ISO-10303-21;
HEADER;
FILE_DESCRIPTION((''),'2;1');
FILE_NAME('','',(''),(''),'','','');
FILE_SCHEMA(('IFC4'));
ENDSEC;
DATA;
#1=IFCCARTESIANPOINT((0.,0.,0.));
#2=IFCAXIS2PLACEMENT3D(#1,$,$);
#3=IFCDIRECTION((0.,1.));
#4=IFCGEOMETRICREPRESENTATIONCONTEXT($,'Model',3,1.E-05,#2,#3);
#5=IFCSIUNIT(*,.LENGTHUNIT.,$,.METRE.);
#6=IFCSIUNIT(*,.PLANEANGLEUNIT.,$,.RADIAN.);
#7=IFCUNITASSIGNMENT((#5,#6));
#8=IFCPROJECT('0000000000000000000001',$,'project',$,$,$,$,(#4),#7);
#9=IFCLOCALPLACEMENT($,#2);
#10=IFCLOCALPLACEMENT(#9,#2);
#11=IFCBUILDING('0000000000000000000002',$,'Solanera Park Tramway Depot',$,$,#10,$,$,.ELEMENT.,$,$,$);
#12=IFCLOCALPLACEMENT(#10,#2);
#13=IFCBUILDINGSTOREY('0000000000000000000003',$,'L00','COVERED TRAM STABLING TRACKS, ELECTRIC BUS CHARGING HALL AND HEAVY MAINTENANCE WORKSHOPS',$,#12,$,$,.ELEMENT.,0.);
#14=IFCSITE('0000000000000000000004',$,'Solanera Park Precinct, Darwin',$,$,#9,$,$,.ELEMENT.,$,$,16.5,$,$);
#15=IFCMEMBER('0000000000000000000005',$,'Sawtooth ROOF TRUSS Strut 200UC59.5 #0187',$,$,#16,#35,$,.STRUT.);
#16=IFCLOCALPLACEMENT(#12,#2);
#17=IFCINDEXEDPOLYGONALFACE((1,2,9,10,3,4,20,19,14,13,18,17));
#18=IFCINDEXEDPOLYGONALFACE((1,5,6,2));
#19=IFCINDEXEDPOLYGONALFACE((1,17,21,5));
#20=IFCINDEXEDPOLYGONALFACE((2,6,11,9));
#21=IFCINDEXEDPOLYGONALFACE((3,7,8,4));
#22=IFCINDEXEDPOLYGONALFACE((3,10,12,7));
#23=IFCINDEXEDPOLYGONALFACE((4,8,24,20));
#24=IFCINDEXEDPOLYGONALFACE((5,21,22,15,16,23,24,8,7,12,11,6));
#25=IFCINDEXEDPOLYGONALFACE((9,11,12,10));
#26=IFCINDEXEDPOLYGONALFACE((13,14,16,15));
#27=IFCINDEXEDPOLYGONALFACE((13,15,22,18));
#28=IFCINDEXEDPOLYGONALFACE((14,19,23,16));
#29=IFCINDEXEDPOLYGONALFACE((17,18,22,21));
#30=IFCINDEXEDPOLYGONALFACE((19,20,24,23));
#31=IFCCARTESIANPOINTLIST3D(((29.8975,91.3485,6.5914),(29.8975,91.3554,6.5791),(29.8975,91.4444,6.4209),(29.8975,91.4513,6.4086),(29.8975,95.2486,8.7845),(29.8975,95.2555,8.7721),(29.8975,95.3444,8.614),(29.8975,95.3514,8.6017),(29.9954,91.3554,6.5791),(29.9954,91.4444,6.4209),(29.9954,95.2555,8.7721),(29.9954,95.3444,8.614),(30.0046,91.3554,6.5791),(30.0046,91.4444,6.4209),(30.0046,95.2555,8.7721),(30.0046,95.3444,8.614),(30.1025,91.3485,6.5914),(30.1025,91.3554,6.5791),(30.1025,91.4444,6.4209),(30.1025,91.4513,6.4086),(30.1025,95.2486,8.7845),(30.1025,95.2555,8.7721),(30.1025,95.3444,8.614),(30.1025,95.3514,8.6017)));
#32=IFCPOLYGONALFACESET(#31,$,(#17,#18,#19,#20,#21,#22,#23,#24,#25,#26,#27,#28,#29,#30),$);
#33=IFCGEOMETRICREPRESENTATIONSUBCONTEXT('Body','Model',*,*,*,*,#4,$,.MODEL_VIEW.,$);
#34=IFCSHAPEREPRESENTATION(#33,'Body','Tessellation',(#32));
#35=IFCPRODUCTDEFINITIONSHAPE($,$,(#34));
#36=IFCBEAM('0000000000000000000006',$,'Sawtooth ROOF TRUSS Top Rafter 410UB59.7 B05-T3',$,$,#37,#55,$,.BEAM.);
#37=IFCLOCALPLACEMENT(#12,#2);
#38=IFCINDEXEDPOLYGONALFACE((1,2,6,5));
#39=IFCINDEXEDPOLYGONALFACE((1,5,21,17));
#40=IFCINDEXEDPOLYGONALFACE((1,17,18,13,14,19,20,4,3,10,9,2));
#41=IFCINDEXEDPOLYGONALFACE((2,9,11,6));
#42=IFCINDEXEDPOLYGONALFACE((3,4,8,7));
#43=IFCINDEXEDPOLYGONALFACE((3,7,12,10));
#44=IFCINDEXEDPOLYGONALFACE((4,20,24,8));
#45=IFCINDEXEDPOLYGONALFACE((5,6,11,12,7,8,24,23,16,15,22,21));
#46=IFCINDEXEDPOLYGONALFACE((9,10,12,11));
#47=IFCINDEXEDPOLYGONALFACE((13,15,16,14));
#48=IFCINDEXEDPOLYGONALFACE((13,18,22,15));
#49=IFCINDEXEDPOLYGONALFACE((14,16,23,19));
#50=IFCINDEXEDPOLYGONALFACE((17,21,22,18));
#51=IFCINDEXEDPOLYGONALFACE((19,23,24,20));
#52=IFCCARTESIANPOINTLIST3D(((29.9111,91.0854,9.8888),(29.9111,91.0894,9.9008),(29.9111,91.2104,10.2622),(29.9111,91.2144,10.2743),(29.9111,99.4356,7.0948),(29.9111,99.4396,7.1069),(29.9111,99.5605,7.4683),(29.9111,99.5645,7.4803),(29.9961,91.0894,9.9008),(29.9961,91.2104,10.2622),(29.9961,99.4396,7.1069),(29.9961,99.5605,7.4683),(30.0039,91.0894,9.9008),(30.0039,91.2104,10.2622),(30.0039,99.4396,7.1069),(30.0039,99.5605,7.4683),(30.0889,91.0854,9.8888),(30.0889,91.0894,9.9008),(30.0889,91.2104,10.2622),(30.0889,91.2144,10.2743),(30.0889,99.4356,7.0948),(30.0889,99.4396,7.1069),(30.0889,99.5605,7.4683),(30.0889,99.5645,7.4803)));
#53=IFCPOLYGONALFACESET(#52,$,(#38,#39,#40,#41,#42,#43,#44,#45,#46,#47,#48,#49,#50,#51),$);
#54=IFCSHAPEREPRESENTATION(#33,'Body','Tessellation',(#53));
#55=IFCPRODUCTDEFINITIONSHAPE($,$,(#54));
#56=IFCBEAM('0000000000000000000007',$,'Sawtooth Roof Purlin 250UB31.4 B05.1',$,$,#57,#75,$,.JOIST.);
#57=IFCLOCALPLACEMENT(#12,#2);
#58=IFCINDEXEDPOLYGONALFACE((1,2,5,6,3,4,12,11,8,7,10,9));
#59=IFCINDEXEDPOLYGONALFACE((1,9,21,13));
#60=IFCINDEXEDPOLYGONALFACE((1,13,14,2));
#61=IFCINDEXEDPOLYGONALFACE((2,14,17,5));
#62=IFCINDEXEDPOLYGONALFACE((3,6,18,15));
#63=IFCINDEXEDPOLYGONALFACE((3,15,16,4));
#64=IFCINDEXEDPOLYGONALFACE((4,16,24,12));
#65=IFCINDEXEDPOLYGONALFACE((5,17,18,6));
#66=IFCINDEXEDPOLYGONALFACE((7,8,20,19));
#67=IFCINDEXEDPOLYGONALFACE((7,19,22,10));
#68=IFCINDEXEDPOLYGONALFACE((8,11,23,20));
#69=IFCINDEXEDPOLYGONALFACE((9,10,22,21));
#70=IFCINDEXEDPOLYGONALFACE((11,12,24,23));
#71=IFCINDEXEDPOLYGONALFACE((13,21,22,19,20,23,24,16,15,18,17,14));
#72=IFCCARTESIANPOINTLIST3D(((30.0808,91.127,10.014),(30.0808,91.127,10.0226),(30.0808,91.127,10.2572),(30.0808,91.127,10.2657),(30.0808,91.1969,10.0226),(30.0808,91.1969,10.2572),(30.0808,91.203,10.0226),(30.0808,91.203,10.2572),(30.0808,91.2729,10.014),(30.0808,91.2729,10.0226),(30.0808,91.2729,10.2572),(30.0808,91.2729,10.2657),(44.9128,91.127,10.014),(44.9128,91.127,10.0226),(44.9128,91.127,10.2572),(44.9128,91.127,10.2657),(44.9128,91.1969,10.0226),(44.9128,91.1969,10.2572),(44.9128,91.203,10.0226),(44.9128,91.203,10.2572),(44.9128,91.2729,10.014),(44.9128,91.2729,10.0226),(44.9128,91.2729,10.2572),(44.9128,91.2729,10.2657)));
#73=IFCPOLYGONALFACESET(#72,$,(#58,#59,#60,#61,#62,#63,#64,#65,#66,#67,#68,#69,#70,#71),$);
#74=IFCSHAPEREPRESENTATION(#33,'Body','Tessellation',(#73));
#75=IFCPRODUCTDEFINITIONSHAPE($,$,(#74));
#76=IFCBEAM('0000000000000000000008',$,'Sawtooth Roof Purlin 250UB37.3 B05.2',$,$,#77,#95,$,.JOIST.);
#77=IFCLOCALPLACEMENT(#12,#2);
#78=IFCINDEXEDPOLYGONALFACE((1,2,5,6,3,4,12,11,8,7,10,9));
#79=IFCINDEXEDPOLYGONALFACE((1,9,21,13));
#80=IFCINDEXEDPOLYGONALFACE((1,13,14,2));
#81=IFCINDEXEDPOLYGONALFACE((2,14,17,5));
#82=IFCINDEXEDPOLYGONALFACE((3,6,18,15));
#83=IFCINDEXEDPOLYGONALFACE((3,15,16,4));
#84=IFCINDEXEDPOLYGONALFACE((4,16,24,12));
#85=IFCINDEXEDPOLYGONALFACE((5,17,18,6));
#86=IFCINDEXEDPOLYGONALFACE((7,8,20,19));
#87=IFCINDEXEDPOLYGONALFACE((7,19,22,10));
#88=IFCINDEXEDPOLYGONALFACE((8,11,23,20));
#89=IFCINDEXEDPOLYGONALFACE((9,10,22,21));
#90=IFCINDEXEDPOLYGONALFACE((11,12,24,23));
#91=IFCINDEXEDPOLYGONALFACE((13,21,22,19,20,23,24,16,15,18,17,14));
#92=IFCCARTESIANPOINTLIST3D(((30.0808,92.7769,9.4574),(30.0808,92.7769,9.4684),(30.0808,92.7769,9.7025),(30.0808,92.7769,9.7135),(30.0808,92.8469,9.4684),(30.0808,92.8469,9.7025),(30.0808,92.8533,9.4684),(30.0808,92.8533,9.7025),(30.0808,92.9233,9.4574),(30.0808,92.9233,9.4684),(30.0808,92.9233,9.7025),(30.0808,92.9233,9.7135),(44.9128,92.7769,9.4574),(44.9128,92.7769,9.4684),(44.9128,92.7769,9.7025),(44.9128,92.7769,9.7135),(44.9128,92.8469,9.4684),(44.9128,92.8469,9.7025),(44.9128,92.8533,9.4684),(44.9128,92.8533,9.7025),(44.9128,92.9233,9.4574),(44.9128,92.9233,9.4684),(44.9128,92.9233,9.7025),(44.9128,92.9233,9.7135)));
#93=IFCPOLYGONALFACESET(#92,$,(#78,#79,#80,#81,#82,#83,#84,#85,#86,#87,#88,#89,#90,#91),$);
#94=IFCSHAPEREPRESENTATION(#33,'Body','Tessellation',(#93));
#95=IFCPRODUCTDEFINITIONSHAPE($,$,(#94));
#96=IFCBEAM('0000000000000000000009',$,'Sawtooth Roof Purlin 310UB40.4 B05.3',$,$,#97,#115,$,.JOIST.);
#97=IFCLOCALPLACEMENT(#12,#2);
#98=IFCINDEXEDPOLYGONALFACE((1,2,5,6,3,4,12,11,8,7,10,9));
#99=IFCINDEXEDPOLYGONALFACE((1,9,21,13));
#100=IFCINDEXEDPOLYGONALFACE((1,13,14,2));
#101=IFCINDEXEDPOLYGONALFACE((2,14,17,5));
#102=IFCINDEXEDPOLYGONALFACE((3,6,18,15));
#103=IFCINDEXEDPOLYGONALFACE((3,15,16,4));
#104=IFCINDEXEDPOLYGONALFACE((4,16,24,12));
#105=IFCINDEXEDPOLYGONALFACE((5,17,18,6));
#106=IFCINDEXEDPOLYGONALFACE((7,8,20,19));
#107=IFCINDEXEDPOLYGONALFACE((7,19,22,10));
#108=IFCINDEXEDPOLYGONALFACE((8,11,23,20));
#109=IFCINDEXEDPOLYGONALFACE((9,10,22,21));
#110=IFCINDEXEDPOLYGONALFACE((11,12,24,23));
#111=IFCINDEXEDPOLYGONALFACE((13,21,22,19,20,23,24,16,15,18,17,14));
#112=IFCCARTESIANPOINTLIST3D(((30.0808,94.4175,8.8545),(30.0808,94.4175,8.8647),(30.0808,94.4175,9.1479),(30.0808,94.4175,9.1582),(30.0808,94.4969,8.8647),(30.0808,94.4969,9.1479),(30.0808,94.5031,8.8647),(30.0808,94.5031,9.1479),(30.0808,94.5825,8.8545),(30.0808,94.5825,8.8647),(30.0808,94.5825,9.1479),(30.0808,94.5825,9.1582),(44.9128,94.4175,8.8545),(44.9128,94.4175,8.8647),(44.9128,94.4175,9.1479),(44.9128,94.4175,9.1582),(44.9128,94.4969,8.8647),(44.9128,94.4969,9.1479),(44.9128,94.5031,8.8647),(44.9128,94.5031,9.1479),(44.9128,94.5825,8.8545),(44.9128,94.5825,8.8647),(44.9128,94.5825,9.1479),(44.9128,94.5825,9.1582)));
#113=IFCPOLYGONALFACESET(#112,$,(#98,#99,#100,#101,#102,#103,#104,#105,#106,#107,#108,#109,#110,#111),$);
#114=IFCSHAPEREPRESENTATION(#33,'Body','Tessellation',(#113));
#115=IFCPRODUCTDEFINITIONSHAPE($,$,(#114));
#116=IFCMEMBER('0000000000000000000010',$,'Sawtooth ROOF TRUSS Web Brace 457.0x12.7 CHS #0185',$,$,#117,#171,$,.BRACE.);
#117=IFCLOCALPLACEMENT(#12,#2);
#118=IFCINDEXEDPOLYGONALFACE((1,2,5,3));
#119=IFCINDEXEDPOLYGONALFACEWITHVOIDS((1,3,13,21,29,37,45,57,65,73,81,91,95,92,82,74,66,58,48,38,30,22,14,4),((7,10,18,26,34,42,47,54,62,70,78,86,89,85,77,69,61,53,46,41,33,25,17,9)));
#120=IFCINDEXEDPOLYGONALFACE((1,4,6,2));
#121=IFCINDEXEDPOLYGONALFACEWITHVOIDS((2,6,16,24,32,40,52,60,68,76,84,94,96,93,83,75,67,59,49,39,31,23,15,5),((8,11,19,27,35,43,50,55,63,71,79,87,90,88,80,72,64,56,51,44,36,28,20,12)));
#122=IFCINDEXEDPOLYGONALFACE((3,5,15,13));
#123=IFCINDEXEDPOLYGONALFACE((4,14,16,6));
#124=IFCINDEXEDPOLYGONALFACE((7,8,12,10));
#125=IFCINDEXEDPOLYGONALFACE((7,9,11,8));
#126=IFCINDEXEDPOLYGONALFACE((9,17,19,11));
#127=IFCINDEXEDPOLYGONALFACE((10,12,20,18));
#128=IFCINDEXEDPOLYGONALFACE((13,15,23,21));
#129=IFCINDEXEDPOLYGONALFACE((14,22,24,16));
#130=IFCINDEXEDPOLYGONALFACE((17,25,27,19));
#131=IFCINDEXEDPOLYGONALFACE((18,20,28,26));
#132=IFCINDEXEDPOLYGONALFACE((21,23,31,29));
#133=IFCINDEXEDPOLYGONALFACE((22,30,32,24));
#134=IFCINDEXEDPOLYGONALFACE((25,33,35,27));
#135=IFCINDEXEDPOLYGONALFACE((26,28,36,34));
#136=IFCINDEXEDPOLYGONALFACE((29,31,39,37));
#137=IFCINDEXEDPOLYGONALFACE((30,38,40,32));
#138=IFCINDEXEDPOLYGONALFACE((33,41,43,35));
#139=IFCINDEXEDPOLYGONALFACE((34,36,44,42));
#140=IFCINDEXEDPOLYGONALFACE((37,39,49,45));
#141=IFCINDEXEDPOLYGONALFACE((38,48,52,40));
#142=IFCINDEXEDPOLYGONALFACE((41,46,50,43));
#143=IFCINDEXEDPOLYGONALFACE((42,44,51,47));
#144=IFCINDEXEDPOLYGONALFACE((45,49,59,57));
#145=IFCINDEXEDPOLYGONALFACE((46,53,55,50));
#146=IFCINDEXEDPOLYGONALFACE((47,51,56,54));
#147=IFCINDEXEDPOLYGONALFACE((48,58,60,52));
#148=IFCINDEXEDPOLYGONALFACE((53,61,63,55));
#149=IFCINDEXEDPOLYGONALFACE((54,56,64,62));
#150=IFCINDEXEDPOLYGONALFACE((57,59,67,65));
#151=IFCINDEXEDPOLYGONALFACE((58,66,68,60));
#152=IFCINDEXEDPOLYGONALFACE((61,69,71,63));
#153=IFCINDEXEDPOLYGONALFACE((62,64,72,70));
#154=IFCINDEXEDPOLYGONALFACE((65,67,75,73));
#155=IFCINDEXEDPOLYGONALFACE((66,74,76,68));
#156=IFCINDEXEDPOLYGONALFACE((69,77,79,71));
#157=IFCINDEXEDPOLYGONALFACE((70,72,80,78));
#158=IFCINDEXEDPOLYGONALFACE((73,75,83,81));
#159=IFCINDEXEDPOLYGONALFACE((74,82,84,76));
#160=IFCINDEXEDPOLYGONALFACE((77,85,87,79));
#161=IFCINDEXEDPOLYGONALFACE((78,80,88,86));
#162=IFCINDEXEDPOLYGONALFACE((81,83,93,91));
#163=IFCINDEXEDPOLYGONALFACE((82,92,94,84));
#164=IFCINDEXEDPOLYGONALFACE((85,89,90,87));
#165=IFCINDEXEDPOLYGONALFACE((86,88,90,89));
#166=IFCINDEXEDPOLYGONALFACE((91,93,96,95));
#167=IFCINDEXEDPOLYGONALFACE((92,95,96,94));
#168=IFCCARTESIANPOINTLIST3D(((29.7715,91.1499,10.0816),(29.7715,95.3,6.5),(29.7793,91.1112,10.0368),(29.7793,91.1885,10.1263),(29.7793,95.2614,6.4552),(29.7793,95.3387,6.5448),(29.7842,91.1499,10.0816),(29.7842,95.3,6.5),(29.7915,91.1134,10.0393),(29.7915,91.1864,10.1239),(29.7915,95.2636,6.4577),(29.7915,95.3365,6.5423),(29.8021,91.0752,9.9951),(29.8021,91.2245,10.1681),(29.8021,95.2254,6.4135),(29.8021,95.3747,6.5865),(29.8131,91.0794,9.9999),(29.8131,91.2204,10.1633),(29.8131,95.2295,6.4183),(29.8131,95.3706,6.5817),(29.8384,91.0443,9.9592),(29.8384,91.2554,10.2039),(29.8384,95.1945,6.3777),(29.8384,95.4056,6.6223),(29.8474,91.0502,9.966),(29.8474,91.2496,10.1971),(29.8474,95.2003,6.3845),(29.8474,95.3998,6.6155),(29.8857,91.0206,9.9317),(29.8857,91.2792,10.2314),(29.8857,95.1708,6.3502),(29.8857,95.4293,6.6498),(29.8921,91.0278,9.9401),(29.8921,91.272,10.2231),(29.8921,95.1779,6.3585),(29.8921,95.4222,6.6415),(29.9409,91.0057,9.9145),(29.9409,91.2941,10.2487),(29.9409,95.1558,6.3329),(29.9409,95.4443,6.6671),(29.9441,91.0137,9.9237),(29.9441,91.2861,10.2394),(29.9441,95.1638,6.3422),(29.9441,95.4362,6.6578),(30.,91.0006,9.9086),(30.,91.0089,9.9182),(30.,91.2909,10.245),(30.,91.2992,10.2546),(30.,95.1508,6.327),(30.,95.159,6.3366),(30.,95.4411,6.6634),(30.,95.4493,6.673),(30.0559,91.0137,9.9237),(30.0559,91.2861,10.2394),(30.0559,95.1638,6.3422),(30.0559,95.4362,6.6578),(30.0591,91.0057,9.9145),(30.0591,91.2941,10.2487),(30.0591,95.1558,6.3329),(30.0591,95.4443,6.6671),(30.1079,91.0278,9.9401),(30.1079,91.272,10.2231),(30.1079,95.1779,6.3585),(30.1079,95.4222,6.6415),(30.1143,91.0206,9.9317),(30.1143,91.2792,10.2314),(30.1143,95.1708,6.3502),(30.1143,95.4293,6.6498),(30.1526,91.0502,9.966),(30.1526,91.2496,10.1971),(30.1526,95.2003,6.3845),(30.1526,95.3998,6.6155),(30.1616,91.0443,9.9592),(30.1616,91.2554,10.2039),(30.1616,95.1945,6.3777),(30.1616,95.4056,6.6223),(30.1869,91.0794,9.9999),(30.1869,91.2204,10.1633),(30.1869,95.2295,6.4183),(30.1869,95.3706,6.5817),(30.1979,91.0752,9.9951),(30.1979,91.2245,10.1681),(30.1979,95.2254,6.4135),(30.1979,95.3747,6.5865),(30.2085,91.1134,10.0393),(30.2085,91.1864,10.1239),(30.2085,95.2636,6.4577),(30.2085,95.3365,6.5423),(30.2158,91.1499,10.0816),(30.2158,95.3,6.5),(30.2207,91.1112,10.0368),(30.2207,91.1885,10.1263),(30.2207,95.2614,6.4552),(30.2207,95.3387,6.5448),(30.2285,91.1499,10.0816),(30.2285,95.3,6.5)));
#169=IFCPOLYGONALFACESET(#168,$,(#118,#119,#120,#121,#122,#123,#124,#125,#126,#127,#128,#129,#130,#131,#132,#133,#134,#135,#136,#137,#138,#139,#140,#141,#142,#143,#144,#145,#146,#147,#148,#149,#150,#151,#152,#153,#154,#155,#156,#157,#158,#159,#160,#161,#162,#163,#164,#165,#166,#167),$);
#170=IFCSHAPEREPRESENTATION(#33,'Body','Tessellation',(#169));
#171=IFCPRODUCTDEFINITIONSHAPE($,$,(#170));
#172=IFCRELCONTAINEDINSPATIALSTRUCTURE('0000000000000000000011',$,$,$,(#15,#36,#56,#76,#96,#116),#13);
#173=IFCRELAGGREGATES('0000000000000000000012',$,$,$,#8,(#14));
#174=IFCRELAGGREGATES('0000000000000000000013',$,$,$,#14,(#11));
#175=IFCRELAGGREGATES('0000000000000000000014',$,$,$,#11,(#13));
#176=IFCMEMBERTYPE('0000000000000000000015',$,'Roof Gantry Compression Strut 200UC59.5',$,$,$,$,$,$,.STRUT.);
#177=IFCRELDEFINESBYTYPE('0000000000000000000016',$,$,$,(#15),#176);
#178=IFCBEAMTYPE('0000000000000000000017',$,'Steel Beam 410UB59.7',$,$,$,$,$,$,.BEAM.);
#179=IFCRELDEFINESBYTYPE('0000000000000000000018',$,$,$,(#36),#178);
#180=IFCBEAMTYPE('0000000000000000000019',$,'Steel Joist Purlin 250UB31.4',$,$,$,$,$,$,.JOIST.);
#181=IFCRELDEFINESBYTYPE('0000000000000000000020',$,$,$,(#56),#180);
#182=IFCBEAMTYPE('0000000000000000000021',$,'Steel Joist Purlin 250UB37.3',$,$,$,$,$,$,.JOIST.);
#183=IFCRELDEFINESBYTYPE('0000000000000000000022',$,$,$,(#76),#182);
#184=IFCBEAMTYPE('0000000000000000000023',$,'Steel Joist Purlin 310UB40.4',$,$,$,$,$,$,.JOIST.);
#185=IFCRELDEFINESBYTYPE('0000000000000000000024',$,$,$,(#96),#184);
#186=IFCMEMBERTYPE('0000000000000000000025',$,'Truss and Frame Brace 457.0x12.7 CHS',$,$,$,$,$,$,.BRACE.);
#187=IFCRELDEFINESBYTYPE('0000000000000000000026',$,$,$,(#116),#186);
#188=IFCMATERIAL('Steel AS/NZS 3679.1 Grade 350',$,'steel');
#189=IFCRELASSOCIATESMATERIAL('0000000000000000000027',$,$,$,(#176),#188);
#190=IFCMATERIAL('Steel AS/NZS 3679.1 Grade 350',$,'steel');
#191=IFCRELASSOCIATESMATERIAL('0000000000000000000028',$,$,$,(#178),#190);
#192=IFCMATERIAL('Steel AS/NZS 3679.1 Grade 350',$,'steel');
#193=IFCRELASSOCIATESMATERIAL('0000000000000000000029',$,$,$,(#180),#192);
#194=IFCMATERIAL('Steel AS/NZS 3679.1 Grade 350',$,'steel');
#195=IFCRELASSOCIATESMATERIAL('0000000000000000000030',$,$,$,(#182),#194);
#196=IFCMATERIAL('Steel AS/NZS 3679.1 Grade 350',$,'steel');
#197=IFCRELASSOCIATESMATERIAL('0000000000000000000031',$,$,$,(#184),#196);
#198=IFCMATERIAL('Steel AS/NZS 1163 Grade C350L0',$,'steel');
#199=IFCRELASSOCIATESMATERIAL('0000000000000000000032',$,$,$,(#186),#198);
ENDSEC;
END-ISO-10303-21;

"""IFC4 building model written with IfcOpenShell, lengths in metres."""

from ifc_helpers import new_model, si_unit, direction, frame, origin, origin_2d, place, context, subcontext, project, spatial, hollow_circle, i_section, extrude, material, material_profile, profile_set, type_object, element, save


model = new_model("IFC4")

# Units and contexts
model_context = context("Model", 3, precision=1e-05, world=origin(), true_north=direction((0.0, 1.0)))
body_context = subcontext(model_context, "Body", "Model", "MODEL_VIEW")
ifc_project = project(units=[si_unit("LENGTHUNIT", "METRE"), si_unit("PLANEANGLEUNIT", "RADIAN")], contexts=[model_context])

# Site, building, storey
site_placement = place(None, origin())
site = spatial("IfcSite", under=ifc_project, at=site_placement, Name="Solanera Park Precinct, Darwin", CompositionType="ELEMENT", RefElevation=16.5)
building_placement = place(site_placement, origin())
building = spatial("IfcBuilding", under=site, at=building_placement, Name="Solanera Park Tramway Depot", CompositionType="ELEMENT")
storey_placement = place(building_placement, origin())
storey = spatial("IfcBuildingStorey", under=building, at=storey_placement, Name="L00", Description="COVERED TRAM STABLING TRACKS, ELECTRIC BUS CHARGING HALL AND HEAVY MAINTENANCE WORKSHOPS", CompositionType="ELEMENT", Elevation=0.0)

# Member
ifc_material_1 = material(Name="Steel AS/NZS 3679.1 Grade 350", Category="steel")
ifc_material_profile_1 = material_profile(ifc_material_1, i_section(OverallWidth=0.2051, OverallDepth=0.2097, WebThickness=0.0093, FlangeThickness=0.0142, at=origin_2d()), Name="200UC59.5")
ifc_profile_set_1 = profile_set([ifc_material_profile_1], Name="Steel AS/NZS 3679.1 Grade 350")
member_type_1 = type_object("IfcMemberType", Name="Roof Gantry Compression Strut 200UC59.5", PredefinedType="STRUT", material=ifc_profile_set_1)
member_1_placement = place(storey_placement, frame((30.0, 91.3999, 6.5), z_axis=(0.0, 0.871644, 0.490139), x_axis=(-1.0, 0.0, 0.0)))
element("IfcMember", 1, at=member_1_placement, inside=storey, type_object=member_type_1, Name="Sawtooth ROOF TRUSS Strut 200UC59.5 #0187", PredefinedType="STRUT", context=body_context, shape_type="SweptSolid", body=[
    extrude(i_section(OverallWidth=0.2051, OverallDepth=0.2097, WebThickness=0.0093, FlangeThickness=0.0142, at=origin_2d()), origin(), (0.0, 0.0, 1.0), 4.4744),
])

# Beams
ifc_material_2 = material(Name="Steel AS/NZS 3679.1 Grade 350", Category="steel")
ifc_material_profile_2 = material_profile(ifc_material_2, i_section(OverallWidth=0.1777, OverallDepth=0.4065, WebThickness=0.0078, FlangeThickness=0.0127, at=origin_2d()), Name="410UB59.7")
ifc_profile_set_2 = profile_set([ifc_material_profile_2], Name="Steel AS/NZS 3679.1 Grade 350")
beam_type_1 = type_object("IfcBeamType", Name="Steel Beam 410UB59.7", PredefinedType="BEAM", material=ifc_profile_set_2)
beam_1_placement = place(storey_placement, frame((30.0, 91.1499, 10.0815), z_axis=(0.0, 0.948322, -0.317309), x_axis=(-1.0, 0.0, 0.0)))
element("IfcBeam", 2, at=beam_1_placement, inside=storey, type_object=beam_type_1, Name="Sawtooth ROOF TRUSS Top Rafter 410UB59.7 B05-T3", PredefinedType="BEAM", context=body_context, shape_type="SweptSolid", body=[
    extrude(i_section(OverallWidth=0.1777, OverallDepth=0.4065, WebThickness=0.0078, FlangeThickness=0.0127, at=origin_2d()), origin(), (0.0, 0.0, 1.0), 8.8052),
])
ifc_material_3 = material(Name="Steel AS/NZS 3679.1 Grade 350", Category="steel")
ifc_material_profile_3 = material_profile(ifc_material_3, i_section(OverallWidth=0.146, OverallDepth=0.2517, WebThickness=0.0061, FlangeThickness=0.0085, at=origin_2d()), Name="250UB31.4")
ifc_profile_set_3 = profile_set([ifc_material_profile_3], Name="Steel AS/NZS 3679.1 Grade 350")
beam_type_2 = type_object("IfcBeamType", Name="Steel Joist Purlin 250UB31.4", PredefinedType="JOIST", material=ifc_profile_set_3)
beam_2_placement = place(storey_placement, frame((30.0808, 91.2, 10.1399), z_axis=(1.0, 0.0, 0.0), x_axis=(0.0, 1.0, 0.0)))
element("IfcBeam", 3, at=beam_2_placement, inside=storey, type_object=beam_type_2, Name="Sawtooth Roof Purlin 250UB31.4 B05.1", PredefinedType="JOIST", context=body_context, shape_type="SweptSolid", body=[
    extrude(i_section(OverallWidth=0.146, OverallDepth=0.2517, WebThickness=0.0061, FlangeThickness=0.0085, at=origin_2d()), origin(), (0.0, 0.0, 1.0), 14.832),
])
ifc_material_4 = material(Name="Steel AS/NZS 3679.1 Grade 350", Category="steel")
ifc_material_profile_4 = material_profile(ifc_material_4, i_section(OverallWidth=0.1465, OverallDepth=0.2561, WebThickness=0.0063, FlangeThickness=0.011, at=origin_2d()), Name="250UB37.3")
ifc_profile_set_4 = profile_set([ifc_material_profile_4], Name="Steel AS/NZS 3679.1 Grade 350")
beam_type_3 = type_object("IfcBeamType", Name="Steel Joist Purlin 250UB37.3", PredefinedType="JOIST", material=ifc_profile_set_4)
beam_3_placement = place(storey_placement, frame((30.0808, 92.8501, 9.5854), z_axis=(1.0, 0.0, 0.0), x_axis=(0.0, 1.0, 0.0)))
element("IfcBeam", 4, at=beam_3_placement, inside=storey, type_object=beam_type_3, Name="Sawtooth Roof Purlin 250UB37.3 B05.2", PredefinedType="JOIST", context=body_context, shape_type="SweptSolid", body=[
    extrude(i_section(OverallWidth=0.1465, OverallDepth=0.2561, WebThickness=0.0063, FlangeThickness=0.011, at=origin_2d()), origin(), (0.0, 0.0, 1.0), 14.832),
])
ifc_material_5 = material(Name="Steel AS/NZS 3679.1 Grade 350", Category="steel")
ifc_material_profile_5 = material_profile(ifc_material_5, i_section(OverallWidth=0.165, OverallDepth=0.3037, WebThickness=0.0061, FlangeThickness=0.0103, at=origin_2d()), Name="310UB40.4")
ifc_profile_set_5 = profile_set([ifc_material_profile_5], Name="Steel AS/NZS 3679.1 Grade 350")
beam_type_4 = type_object("IfcBeamType", Name="Steel Joist Purlin 310UB40.4", PredefinedType="JOIST", material=ifc_profile_set_5)
beam_4_placement = place(storey_placement, frame((30.0808, 94.5, 9.0063), z_axis=(1.0, 0.0, 0.0), x_axis=(0.0, 1.0, 0.0)))
element("IfcBeam", 5, at=beam_4_placement, inside=storey, type_object=beam_type_4, Name="Sawtooth Roof Purlin 310UB40.4 B05.3", PredefinedType="JOIST", context=body_context, shape_type="SweptSolid", body=[
    extrude(i_section(OverallWidth=0.165, OverallDepth=0.3037, WebThickness=0.0061, FlangeThickness=0.0103, at=origin_2d()), origin(), (0.0, 0.0, 1.0), 14.832),
])

# Member
ifc_material_6 = material(Name="Steel AS/NZS 1163 Grade C350L0", Category="steel")
ifc_material_profile_6 = material_profile(ifc_material_6, hollow_circle(Radius=0.2285, WallThickness=0.0127, at=origin_2d()), Name="457.0x12.7 CHS")
ifc_profile_set_6 = profile_set([ifc_material_profile_6], Name="Steel AS/NZS 1163 Grade C350L0")
member_type_2 = type_object("IfcMemberType", Name="Truss and Frame Brace 457.0x12.7 CHS", PredefinedType="BRACE", material=ifc_profile_set_6)
member_2_placement = place(storey_placement, frame((30.0, 95.3, 6.5), z_axis=(0.0, -0.757064, 0.65334), x_axis=(1.0, 0.0, 0.0)))
element("IfcMember", 6, at=member_2_placement, inside=storey, type_object=member_type_2, Name="Sawtooth ROOF TRUSS Web Brace 457.0x12.7 CHS #0185", PredefinedType="BRACE", context=body_context, shape_type="SweptSolid", body=[
    extrude(hollow_circle(Radius=0.2285, WallThickness=0.0127, at=origin_2d()), origin(), (0.0, 0.0, 1.0), 5.4819),
])

save(model, "model.ifc")
